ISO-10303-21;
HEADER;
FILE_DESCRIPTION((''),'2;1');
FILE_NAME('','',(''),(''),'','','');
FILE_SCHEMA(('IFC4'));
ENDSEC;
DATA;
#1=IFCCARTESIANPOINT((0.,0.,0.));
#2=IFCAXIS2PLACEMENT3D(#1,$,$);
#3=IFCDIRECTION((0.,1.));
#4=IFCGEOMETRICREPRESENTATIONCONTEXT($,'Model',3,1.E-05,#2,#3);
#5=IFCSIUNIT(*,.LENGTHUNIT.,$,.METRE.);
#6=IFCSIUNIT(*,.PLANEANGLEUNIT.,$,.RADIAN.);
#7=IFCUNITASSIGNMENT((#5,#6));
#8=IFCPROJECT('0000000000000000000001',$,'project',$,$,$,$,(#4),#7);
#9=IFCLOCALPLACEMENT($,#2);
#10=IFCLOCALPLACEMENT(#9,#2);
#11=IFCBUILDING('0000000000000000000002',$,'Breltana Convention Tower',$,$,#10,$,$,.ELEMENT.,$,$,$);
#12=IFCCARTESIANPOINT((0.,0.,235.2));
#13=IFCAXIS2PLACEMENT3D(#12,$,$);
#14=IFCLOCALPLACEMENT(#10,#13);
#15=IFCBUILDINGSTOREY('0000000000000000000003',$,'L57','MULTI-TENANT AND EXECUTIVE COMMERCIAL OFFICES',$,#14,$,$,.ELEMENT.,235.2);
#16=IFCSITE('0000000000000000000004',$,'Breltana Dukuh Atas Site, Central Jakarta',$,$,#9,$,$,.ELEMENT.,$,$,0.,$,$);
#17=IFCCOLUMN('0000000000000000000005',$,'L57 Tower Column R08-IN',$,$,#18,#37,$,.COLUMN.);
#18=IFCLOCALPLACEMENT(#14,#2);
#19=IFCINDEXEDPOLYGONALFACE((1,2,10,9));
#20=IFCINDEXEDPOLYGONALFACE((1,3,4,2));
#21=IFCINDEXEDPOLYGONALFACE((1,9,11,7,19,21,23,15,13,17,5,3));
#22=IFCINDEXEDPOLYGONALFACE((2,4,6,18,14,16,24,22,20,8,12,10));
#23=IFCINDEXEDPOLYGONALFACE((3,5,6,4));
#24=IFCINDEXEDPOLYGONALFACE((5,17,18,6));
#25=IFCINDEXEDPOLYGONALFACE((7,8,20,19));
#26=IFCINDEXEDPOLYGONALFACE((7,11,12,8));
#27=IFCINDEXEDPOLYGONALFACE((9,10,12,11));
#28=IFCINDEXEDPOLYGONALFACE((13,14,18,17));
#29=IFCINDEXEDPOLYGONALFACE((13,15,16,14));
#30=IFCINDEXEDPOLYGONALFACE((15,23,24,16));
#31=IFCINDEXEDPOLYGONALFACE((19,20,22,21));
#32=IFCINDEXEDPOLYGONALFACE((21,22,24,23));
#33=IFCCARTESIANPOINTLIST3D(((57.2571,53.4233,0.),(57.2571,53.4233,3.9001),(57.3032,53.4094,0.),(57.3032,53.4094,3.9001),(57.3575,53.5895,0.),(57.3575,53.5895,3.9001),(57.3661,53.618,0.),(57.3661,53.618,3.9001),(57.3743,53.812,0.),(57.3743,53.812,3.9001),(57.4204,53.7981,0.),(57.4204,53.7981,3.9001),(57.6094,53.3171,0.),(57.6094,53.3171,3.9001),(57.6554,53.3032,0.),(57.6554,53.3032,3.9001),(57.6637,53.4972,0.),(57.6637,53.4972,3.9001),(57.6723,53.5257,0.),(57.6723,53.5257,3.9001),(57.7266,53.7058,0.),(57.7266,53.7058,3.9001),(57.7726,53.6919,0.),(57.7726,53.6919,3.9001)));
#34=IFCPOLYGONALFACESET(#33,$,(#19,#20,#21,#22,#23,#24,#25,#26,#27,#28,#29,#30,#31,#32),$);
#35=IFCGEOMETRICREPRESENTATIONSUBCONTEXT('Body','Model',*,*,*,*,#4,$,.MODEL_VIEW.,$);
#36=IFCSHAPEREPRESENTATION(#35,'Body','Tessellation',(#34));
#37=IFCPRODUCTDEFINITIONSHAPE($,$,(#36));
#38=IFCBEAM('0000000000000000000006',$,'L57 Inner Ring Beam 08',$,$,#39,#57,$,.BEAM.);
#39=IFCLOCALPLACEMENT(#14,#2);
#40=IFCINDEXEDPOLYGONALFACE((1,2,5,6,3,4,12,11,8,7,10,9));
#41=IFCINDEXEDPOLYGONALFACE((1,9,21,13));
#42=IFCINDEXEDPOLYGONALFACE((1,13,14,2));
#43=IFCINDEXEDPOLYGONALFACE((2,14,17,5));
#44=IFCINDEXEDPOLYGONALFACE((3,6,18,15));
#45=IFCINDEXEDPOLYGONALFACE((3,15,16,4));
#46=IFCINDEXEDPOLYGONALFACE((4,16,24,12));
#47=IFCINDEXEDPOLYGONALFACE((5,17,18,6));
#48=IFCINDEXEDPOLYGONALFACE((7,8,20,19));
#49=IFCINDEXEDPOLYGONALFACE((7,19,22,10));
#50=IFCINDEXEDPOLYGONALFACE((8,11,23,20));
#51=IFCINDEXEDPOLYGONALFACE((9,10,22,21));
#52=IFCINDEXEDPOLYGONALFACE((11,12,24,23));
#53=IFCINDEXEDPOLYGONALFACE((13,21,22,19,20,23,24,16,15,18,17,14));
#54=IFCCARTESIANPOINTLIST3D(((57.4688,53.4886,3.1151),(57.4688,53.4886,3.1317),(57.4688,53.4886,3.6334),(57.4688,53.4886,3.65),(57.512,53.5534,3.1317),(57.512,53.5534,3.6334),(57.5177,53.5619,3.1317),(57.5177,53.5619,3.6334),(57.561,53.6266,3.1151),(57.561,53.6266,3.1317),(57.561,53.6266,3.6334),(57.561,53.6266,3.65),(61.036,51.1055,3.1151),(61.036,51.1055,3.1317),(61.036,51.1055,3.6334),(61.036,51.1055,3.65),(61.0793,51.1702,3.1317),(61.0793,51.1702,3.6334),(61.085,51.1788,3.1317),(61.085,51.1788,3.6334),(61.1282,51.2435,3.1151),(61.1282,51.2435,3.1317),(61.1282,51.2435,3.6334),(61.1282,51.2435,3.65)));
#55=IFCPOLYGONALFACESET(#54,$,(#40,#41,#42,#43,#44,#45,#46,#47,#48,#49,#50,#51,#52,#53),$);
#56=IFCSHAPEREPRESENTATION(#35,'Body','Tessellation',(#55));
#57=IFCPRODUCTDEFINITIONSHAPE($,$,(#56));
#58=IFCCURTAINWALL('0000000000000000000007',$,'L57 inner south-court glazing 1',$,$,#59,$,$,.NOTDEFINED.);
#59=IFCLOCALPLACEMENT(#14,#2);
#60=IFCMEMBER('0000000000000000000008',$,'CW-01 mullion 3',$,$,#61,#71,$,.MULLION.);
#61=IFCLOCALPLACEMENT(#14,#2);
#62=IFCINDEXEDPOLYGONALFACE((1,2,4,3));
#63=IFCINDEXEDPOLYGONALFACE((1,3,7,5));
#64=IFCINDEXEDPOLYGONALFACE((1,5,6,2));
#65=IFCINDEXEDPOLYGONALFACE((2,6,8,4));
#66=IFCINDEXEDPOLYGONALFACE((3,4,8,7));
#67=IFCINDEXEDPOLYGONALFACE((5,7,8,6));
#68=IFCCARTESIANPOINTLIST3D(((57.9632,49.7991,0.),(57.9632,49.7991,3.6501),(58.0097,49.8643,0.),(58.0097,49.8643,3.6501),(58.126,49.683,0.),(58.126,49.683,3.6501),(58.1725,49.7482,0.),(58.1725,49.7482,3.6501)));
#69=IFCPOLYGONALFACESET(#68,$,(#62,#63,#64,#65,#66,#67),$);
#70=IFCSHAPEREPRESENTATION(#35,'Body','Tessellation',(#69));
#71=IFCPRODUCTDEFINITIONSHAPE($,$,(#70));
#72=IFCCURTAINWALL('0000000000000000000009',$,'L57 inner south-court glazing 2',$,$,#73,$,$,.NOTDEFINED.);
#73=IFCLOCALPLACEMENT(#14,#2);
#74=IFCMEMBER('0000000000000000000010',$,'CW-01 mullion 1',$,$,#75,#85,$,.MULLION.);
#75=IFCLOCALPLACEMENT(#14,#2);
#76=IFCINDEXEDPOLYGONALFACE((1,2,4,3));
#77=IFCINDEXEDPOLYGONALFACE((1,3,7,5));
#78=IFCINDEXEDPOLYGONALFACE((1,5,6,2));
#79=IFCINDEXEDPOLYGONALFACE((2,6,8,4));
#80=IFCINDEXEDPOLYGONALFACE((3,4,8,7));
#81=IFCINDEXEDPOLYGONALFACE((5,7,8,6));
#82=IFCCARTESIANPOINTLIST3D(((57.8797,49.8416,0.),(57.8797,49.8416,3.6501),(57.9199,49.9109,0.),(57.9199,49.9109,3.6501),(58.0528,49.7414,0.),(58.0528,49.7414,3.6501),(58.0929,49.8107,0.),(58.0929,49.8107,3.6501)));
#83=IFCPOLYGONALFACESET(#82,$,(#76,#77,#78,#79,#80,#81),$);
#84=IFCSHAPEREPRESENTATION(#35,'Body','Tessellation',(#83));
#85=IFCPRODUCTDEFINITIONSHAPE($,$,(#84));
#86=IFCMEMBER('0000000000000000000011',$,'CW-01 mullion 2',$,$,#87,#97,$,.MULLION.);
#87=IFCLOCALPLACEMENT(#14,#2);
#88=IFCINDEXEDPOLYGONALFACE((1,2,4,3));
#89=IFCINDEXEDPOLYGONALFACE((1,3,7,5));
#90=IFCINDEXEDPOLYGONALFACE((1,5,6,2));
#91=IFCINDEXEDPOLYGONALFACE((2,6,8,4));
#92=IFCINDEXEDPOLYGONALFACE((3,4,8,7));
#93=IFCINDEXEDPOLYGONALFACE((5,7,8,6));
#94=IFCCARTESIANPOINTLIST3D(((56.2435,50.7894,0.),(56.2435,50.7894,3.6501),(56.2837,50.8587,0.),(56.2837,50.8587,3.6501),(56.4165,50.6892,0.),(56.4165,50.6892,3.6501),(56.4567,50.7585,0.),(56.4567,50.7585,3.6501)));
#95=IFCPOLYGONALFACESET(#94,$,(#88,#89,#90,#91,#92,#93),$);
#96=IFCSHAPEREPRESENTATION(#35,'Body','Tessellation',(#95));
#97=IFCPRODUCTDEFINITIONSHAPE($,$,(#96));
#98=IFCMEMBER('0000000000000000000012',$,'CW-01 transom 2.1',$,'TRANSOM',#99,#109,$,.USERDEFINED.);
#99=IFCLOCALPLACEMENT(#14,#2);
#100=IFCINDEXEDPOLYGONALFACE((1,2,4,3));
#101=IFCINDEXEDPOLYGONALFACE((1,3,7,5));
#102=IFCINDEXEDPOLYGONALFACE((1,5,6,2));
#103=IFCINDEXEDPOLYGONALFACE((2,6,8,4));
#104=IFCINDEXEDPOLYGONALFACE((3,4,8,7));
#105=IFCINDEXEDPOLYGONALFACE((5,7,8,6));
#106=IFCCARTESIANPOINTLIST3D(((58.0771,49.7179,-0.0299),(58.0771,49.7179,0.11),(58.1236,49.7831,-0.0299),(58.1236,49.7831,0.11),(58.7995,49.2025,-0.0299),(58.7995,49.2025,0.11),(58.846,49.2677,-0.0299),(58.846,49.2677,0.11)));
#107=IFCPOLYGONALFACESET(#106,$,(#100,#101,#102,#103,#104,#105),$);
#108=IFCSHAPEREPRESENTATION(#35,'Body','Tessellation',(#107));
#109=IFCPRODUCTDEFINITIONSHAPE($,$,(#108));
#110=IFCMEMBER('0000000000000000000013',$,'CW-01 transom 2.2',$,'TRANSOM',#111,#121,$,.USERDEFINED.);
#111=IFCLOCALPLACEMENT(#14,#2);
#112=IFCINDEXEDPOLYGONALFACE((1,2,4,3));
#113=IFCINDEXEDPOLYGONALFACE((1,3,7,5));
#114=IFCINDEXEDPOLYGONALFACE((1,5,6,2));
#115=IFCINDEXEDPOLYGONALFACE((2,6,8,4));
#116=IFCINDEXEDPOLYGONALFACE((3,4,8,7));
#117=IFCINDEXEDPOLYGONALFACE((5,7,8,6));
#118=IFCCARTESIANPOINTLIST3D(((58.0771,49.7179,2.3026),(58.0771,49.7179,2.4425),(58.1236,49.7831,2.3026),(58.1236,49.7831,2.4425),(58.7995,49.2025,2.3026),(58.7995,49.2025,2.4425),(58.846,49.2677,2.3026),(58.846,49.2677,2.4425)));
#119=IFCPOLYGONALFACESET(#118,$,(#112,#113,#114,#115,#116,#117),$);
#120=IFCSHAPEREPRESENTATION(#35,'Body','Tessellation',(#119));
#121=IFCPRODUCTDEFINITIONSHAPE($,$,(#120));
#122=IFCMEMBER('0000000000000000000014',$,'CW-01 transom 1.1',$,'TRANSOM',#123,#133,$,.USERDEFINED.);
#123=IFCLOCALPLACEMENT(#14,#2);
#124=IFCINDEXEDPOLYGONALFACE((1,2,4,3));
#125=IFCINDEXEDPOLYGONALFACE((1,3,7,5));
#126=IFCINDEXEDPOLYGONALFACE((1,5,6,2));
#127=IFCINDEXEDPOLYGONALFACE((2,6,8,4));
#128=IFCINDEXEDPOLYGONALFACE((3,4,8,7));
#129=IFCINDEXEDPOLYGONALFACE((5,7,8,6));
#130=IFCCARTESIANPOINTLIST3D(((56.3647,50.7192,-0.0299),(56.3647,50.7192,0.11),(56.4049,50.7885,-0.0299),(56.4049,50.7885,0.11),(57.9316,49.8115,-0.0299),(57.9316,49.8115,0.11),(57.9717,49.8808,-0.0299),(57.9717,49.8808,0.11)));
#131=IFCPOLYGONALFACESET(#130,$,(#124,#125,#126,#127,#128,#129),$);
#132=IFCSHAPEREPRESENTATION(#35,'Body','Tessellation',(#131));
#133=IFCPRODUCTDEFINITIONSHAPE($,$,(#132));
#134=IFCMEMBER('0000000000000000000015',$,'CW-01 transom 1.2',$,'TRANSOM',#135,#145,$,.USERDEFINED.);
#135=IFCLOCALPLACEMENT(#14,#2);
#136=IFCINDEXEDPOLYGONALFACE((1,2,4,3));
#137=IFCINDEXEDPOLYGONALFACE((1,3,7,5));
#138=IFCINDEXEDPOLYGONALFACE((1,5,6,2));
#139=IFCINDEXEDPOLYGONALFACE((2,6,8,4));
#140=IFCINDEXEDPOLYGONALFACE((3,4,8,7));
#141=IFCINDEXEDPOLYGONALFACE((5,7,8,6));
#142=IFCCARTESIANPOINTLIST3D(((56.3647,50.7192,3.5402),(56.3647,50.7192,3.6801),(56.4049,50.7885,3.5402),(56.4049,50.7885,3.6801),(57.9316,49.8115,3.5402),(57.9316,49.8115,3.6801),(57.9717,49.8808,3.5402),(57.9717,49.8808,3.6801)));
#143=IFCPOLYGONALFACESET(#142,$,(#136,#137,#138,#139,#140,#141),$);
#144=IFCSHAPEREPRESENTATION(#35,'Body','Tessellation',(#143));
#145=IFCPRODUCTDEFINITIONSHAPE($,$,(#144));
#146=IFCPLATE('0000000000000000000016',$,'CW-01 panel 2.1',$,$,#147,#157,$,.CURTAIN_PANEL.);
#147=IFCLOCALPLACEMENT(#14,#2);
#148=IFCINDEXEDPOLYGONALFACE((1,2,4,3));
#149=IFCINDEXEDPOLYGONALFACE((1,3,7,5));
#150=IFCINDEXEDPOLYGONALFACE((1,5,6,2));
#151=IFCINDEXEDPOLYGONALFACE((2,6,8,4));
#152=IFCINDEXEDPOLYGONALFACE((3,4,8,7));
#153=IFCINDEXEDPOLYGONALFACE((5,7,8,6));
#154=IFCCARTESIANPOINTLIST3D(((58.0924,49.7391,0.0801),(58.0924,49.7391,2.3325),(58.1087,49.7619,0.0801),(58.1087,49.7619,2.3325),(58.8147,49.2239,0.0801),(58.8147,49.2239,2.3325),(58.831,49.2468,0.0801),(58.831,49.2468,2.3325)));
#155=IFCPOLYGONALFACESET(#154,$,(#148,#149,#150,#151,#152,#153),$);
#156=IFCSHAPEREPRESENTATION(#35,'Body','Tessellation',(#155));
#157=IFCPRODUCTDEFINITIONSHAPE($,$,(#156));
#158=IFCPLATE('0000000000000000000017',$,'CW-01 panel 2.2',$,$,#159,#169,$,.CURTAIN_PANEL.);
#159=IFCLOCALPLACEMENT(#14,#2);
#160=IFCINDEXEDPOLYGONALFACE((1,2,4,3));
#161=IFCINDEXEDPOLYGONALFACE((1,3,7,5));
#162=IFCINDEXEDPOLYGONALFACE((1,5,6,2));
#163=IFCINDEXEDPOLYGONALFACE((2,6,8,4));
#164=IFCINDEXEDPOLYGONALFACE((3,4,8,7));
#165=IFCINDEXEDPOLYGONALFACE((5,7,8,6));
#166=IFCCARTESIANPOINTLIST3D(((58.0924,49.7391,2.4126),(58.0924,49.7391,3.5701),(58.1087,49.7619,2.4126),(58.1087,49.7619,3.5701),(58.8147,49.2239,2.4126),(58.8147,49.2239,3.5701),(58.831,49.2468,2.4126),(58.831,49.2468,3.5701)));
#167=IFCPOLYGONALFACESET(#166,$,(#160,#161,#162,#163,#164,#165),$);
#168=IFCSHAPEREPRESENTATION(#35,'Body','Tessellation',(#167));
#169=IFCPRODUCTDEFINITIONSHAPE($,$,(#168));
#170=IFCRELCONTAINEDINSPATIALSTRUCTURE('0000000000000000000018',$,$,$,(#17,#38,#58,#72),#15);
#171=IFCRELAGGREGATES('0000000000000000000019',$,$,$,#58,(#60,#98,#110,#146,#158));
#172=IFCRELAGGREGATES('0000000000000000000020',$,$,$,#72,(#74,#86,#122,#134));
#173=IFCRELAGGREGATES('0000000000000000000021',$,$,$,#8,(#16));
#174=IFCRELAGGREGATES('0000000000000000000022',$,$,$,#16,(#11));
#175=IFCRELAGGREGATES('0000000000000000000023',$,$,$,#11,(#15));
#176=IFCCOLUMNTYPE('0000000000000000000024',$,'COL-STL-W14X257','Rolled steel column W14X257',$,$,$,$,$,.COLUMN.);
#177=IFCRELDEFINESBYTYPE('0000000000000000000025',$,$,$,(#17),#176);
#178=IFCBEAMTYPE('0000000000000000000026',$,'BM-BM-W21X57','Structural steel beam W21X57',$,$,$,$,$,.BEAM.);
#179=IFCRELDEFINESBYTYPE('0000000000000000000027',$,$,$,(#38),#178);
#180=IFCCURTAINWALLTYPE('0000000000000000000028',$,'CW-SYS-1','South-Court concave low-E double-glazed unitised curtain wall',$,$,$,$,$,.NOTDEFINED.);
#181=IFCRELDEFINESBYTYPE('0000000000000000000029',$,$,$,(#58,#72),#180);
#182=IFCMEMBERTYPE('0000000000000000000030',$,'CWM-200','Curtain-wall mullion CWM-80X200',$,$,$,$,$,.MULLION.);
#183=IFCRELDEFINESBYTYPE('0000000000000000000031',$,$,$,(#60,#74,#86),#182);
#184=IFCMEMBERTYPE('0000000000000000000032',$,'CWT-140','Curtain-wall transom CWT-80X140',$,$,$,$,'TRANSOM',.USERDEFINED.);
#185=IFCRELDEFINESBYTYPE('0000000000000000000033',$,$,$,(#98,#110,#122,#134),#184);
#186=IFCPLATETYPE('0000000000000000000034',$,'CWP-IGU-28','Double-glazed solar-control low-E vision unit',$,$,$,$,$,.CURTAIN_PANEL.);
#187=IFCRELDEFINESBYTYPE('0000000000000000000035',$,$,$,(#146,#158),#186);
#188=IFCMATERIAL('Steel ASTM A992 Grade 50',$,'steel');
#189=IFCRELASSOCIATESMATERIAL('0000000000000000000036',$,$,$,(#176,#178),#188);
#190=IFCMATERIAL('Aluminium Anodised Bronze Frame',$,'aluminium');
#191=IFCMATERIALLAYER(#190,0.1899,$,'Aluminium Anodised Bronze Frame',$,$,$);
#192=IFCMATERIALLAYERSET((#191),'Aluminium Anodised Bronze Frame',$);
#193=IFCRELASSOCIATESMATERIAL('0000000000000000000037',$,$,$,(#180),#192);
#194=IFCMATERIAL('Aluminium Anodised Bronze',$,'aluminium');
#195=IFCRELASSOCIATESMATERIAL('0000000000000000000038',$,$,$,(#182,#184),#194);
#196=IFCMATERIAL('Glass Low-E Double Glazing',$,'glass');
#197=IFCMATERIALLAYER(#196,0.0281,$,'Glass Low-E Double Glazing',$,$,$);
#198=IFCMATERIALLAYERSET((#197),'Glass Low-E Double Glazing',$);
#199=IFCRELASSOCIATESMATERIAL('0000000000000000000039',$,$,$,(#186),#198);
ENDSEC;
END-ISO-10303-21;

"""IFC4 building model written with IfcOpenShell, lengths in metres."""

from ifc_helpers import new_model, si_unit, direction, frame, origin, origin_2d, place, context, subcontext, project, spatial, rectangle, i_section, extrude, source, transform, mapped, material, layer, layer_set, material_profile, profile_set, type_object, element, aggregate, save


model = new_model("IFC4")

# Units and contexts
model_context = context("Model", 3, precision=1e-05, world=origin(), true_north=direction((0.0, 1.0)))
body_context = subcontext(model_context, "Body", "Model", "MODEL_VIEW")
ifc_project = project(units=[si_unit("LENGTHUNIT", "METRE"), si_unit("PLANEANGLEUNIT", "RADIAN")], contexts=[model_context])

# Site, building, storey
site_placement = place(None, origin())
site = spatial("IfcSite", under=ifc_project, at=site_placement, Name="Breltana Dukuh Atas Site, Central Jakarta", CompositionType="ELEMENT", RefElevation=0.0)
building_placement = place(site_placement, origin())
building = spatial("IfcBuilding", under=site, at=building_placement, Name="Breltana Convention Tower", CompositionType="ELEMENT")
storey_placement = place(building_placement, frame((0.0, 0.0, 235.2)))
storey = spatial("IfcBuildingStorey", under=building, at=storey_placement, Name="L57", Description="MULTI-TENANT AND EXECUTIVE COMMERCIAL OFFICES", CompositionType="ELEMENT", Elevation=235.2)

# Column
ifc_material_1 = material(Name="Steel ASTM A992 Grade 50", Category="steel")
ifc_material_profile_1 = material_profile(ifc_material_1, i_section(OverallWidth=0.406, OverallDepth=0.416, WebThickness=0.0298, FlangeThickness=0.0481, at=origin_2d()), Name="W14X257")
ifc_profile_set_1 = profile_set([ifc_material_profile_1], Name="Steel ASTM A992 Grade 50")
column_type = type_object("IfcColumnType", Name="COL-STL-W14X257", Description="Rolled steel column W14X257", PredefinedType="COLUMN", material=ifc_profile_set_1)
shared_shape_1 = source(origin(), body_context, "Body", "SweptSolid", [
    extrude(i_section(OverallWidth=0.406, OverallDepth=0.416, WebThickness=0.0298, FlangeThickness=0.0481, at=origin_2d()), origin(), (0.0, 0.0, 1.0), 3.9001),
])
column_placement = place(storey_placement, frame((57.5149, 53.5576, 0.0), z_axis=(0.0, 0.0, 1.0), x_axis=(0.288698, 0.95742, 0.0)))
element("IfcColumn", 1, at=column_placement, inside=storey, type_object=column_type, Name="L57 Tower Column R08-IN", PredefinedType="COLUMN", context=body_context, shape_type="MappedRepresentation", body=[
    mapped(shared_shape_1, transform((0.0, 0.0, 0.0), scale=1.0)),
])

# Beam
ifc_material_profile_2 = material_profile(ifc_material_1, i_section(OverallWidth=0.166, OverallDepth=0.5349, WebThickness=0.0103, FlangeThickness=0.0166, at=origin_2d()), Name="W21X57")
ifc_profile_set_2 = profile_set([ifc_material_profile_2], Name="Steel ASTM A992 Grade 50")
beam_type = type_object("IfcBeamType", Name="BM-BM-W21X57", Description="Structural steel beam W21X57", PredefinedType="BEAM", material=ifc_profile_set_2)
shared_shape_2 = source(origin(), body_context, "Body", "SweptSolid", [
    extrude(i_section(OverallWidth=0.166, OverallDepth=0.5349, WebThickness=0.0103, FlangeThickness=0.0166, at=origin_2d()), origin(), (0.0, 0.0, 1.0), 4.29),
])
beam_placement = place(storey_placement, frame((57.5149, 53.5576, 3.3826), z_axis=(0.831516, -0.555501, 0.0), x_axis=(0.555501, 0.831516, 0.0)))
element("IfcBeam", 2, at=beam_placement, inside=storey, type_object=beam_type, Name="L57 Inner Ring Beam 08", PredefinedType="BEAM", context=body_context, shape_type="MappedRepresentation", body=[
    mapped(shared_shape_2, transform((0.0, 0.0, 0.0), scale=1.0)),
])

# Curtain wall, member
ifc_material_2 = material(Name="Aluminium Anodised Bronze Frame", Category="aluminium")
ifc_layer_1 = layer(ifc_material_2, 0.1899, Name="Aluminium Anodised Bronze Frame")
ifc_layer_set_1 = layer_set([ifc_layer_1], Name="Aluminium Anodised Bronze Frame")
curtain_wall_type = type_object("IfcCurtainWallType", Name="CW-SYS-1", Description="South-Court concave low-E double-glazed unitised curtain wall", PredefinedType="NOTDEFINED", material=ifc_layer_set_1)
curtain_wall_1_placement = place(storey_placement, origin())
curtain_wall_1 = element("IfcCurtainWall", 3, at=curtain_wall_1_placement, inside=storey, type_object=curtain_wall_type, Name="L57 inner south-court glazing 1", PredefinedType="NOTDEFINED")
ifc_material_3 = material(Name="Aluminium Anodised Bronze", Category="aluminium")
ifc_material_profile_3 = material_profile(ifc_material_3, rectangle(XDim=0.0801, YDim=0.2, at=origin_2d()), Name="CWM-80X200")
ifc_profile_set_3 = profile_set([ifc_material_profile_3], Name="Aluminium Anodised Bronze")
member_type_1 = type_object("IfcMemberType", Name="CWM-200", Description="Curtain-wall mullion CWM-80X200", PredefinedType="MULLION", material=ifc_profile_set_3)
shared_shape_3 = source(origin(), body_context, "Body", "SweptSolid", [
    extrude(rectangle(XDim=0.0801, YDim=0.2, at=origin_2d()), origin(), (0.0, 0.0, 1.0), 3.6501),
])
member_1_placement = place(storey_placement, frame((58.0679, 49.7737, 0.0), z_axis=(0.0, 0.0, 1.0), x_axis=(-0.580679, -0.814132, 0.0)))
member_1 = element("IfcMember", 4, at=member_1_placement, type_object=member_type_1, Name="CW-01 mullion 3", PredefinedType="MULLION", context=body_context, shape_type="MappedRepresentation", body=[
    mapped(shared_shape_3, transform((0.0, 0.0, 0.0), scale=1.0)),
])

# Curtain wall, members
curtain_wall_2_placement = place(storey_placement, origin())
curtain_wall_2 = element("IfcCurtainWall", 5, at=curtain_wall_2_placement, inside=storey, type_object=curtain_wall_type, Name="L57 inner south-court glazing 2", PredefinedType="NOTDEFINED")
member_2_placement = place(storey_placement, frame((57.9863, 49.8262, 0.0), z_axis=(0.0, 0.0, 1.0), x_axis=(-0.50119, -0.865337, 0.0)))
member_2 = element("IfcMember", 6, at=member_2_placement, type_object=member_type_1, Name="CW-01 mullion 1", PredefinedType="MULLION", context=body_context, shape_type="MappedRepresentation", body=[
    mapped(shared_shape_3, transform((0.0, 0.0, 0.0), scale=1.0)),
])
member_3_placement = place(storey_placement, frame((56.3501, 50.7739, 0.0), z_axis=(0.0, 0.0, 1.0), x_axis=(-0.50119, -0.865337, 0.0)))
member_3 = element("IfcMember", 7, at=member_3_placement, type_object=member_type_1, Name="CW-01 mullion 2", PredefinedType="MULLION", context=body_context, shape_type="MappedRepresentation", body=[
    mapped(shared_shape_3, transform((0.0, 0.0, 0.0), scale=1.0)),
])

# Members
ifc_material_profile_4 = material_profile(ifc_material_3, rectangle(XDim=0.0801, YDim=0.1399, at=origin_2d()), Name="CWT-80X140")
ifc_profile_set_4 = profile_set([ifc_material_profile_4], Name="Aluminium Anodised Bronze")
member_type_2 = type_object("IfcMemberType", Name="CWT-140", Description="Curtain-wall transom CWT-80X140", ElementType="TRANSOM", PredefinedType="USERDEFINED", material=ifc_profile_set_4)
shared_shape_4 = source(origin(), body_context, "Body", "SweptSolid", [
    extrude(rectangle(XDim=0.0801, YDim=0.1399, at=origin_2d()), origin(), (0.0, 0.0, 1.0), 0.8875),
])
member_4_placement = place(storey_placement, frame((58.8228, 49.2351, 0.04), z_axis=(-0.814068, 0.58077, 0.0), x_axis=(-0.58077, -0.814068, 0.0)))
member_4 = element("IfcMember", 8, at=member_4_placement, type_object=member_type_2, Name="CW-01 transom 2.1", ObjectType="TRANSOM", PredefinedType="USERDEFINED", context=body_context, shape_type="MappedRepresentation", body=[
    mapped(shared_shape_4, transform((0.0, 0.0, 0.0), scale=1.0)),
])
member_5_placement = place(storey_placement, frame((58.8228, 49.2351, 2.3726), z_axis=(-0.814068, 0.58077, 0.0), x_axis=(-0.58077, -0.814068, 0.0)))
member_5 = element("IfcMember", 9, at=member_5_placement, type_object=member_type_2, Name="CW-01 transom 2.2", ObjectType="TRANSOM", PredefinedType="USERDEFINED", context=body_context, shape_type="MappedRepresentation", body=[
    mapped(shared_shape_4, transform((0.0, 0.0, 0.0), scale=1.0)),
])
shared_shape_5 = source(origin(), body_context, "Body", "SweptSolid", [
    extrude(rectangle(XDim=0.0801, YDim=0.1399, at=origin_2d()), origin(), (0.0, 0.0, 1.0), 1.8108),
])
member_6_placement = place(storey_placement, frame((57.9517, 49.8462, 0.04), z_axis=(-0.865291, 0.50127, 0.0), x_axis=(-0.50127, -0.865291, 0.0)))
member_6 = element("IfcMember", 10, at=member_6_placement, type_object=member_type_2, Name="CW-01 transom 1.1", ObjectType="TRANSOM", PredefinedType="USERDEFINED", context=body_context, shape_type="MappedRepresentation", body=[
    mapped(shared_shape_5, transform((0.0, 0.0, 0.0), scale=1.0)),
])
member_7_placement = place(storey_placement, frame((57.9517, 49.8462, 3.6101), z_axis=(-0.865291, 0.50127, 0.0), x_axis=(-0.50127, -0.865291, 0.0)))
member_7 = element("IfcMember", 11, at=member_7_placement, type_object=member_type_2, Name="CW-01 transom 1.2", ObjectType="TRANSOM", PredefinedType="USERDEFINED", context=body_context, shape_type="MappedRepresentation", body=[
    mapped(shared_shape_5, transform((0.0, 0.0, 0.0), scale=1.0)),
])

# Plates
ifc_material_4 = material(Name="Glass Low-E Double Glazing", Category="glass")
ifc_layer_2 = layer(ifc_material_4, 0.0281, Name="Glass Low-E Double Glazing")
ifc_layer_set_2 = layer_set([ifc_layer_2], Name="Glass Low-E Double Glazing")
plate_type = type_object("IfcPlateType", Name="CWP-IGU-28", Description="Double-glazed solar-control low-E vision unit", PredefinedType="CURTAIN_PANEL", material=ifc_layer_set_2)
shared_shape_6 = source(origin(), body_context, "Body", "SweptSolid", [
    extrude(rectangle(XDim=0.8872, YDim=0.0281, at=origin_2d()), origin(), (0.0, 0.0, 1.0), 2.2524),
])
plate_1_placement = place(storey_placement, frame((58.4617, 49.4929, 0.0801), z_axis=(0.0, 0.0, 1.0), x_axis=(-0.814132, 0.580679, 0.0)))
plate_1 = element("IfcPlate", 12, at=plate_1_placement, type_object=plate_type, Name="CW-01 panel 2.1", PredefinedType="CURTAIN_PANEL", context=body_context, shape_type="MappedRepresentation", body=[
    mapped(shared_shape_6, transform((0.0, 0.0, 0.0), scale=1.0)),
])
shared_shape_7 = source(origin(), body_context, "Body", "SweptSolid", [
    extrude(rectangle(XDim=0.8872, YDim=0.0281, at=origin_2d()), origin(), (0.0, 0.0, 1.0), 1.1575),
])
plate_2_placement = place(storey_placement, frame((58.4617, 49.4929, 2.4126), z_axis=(0.0, 0.0, 1.0), x_axis=(-0.814132, 0.580679, 0.0)))
plate_2 = element("IfcPlate", 13, at=plate_2_placement, type_object=plate_type, Name="CW-01 panel 2.2", PredefinedType="CURTAIN_PANEL", context=body_context, shape_type="MappedRepresentation", body=[
    mapped(shared_shape_7, transform((0.0, 0.0, 0.0), scale=1.0)),
])
aggregate(curtain_wall_1, [member_1, member_4, member_5, plate_1, plate_2])
aggregate(curtain_wall_2, [member_2, member_3, member_6, member_7])

save(model, "model.ifc")
